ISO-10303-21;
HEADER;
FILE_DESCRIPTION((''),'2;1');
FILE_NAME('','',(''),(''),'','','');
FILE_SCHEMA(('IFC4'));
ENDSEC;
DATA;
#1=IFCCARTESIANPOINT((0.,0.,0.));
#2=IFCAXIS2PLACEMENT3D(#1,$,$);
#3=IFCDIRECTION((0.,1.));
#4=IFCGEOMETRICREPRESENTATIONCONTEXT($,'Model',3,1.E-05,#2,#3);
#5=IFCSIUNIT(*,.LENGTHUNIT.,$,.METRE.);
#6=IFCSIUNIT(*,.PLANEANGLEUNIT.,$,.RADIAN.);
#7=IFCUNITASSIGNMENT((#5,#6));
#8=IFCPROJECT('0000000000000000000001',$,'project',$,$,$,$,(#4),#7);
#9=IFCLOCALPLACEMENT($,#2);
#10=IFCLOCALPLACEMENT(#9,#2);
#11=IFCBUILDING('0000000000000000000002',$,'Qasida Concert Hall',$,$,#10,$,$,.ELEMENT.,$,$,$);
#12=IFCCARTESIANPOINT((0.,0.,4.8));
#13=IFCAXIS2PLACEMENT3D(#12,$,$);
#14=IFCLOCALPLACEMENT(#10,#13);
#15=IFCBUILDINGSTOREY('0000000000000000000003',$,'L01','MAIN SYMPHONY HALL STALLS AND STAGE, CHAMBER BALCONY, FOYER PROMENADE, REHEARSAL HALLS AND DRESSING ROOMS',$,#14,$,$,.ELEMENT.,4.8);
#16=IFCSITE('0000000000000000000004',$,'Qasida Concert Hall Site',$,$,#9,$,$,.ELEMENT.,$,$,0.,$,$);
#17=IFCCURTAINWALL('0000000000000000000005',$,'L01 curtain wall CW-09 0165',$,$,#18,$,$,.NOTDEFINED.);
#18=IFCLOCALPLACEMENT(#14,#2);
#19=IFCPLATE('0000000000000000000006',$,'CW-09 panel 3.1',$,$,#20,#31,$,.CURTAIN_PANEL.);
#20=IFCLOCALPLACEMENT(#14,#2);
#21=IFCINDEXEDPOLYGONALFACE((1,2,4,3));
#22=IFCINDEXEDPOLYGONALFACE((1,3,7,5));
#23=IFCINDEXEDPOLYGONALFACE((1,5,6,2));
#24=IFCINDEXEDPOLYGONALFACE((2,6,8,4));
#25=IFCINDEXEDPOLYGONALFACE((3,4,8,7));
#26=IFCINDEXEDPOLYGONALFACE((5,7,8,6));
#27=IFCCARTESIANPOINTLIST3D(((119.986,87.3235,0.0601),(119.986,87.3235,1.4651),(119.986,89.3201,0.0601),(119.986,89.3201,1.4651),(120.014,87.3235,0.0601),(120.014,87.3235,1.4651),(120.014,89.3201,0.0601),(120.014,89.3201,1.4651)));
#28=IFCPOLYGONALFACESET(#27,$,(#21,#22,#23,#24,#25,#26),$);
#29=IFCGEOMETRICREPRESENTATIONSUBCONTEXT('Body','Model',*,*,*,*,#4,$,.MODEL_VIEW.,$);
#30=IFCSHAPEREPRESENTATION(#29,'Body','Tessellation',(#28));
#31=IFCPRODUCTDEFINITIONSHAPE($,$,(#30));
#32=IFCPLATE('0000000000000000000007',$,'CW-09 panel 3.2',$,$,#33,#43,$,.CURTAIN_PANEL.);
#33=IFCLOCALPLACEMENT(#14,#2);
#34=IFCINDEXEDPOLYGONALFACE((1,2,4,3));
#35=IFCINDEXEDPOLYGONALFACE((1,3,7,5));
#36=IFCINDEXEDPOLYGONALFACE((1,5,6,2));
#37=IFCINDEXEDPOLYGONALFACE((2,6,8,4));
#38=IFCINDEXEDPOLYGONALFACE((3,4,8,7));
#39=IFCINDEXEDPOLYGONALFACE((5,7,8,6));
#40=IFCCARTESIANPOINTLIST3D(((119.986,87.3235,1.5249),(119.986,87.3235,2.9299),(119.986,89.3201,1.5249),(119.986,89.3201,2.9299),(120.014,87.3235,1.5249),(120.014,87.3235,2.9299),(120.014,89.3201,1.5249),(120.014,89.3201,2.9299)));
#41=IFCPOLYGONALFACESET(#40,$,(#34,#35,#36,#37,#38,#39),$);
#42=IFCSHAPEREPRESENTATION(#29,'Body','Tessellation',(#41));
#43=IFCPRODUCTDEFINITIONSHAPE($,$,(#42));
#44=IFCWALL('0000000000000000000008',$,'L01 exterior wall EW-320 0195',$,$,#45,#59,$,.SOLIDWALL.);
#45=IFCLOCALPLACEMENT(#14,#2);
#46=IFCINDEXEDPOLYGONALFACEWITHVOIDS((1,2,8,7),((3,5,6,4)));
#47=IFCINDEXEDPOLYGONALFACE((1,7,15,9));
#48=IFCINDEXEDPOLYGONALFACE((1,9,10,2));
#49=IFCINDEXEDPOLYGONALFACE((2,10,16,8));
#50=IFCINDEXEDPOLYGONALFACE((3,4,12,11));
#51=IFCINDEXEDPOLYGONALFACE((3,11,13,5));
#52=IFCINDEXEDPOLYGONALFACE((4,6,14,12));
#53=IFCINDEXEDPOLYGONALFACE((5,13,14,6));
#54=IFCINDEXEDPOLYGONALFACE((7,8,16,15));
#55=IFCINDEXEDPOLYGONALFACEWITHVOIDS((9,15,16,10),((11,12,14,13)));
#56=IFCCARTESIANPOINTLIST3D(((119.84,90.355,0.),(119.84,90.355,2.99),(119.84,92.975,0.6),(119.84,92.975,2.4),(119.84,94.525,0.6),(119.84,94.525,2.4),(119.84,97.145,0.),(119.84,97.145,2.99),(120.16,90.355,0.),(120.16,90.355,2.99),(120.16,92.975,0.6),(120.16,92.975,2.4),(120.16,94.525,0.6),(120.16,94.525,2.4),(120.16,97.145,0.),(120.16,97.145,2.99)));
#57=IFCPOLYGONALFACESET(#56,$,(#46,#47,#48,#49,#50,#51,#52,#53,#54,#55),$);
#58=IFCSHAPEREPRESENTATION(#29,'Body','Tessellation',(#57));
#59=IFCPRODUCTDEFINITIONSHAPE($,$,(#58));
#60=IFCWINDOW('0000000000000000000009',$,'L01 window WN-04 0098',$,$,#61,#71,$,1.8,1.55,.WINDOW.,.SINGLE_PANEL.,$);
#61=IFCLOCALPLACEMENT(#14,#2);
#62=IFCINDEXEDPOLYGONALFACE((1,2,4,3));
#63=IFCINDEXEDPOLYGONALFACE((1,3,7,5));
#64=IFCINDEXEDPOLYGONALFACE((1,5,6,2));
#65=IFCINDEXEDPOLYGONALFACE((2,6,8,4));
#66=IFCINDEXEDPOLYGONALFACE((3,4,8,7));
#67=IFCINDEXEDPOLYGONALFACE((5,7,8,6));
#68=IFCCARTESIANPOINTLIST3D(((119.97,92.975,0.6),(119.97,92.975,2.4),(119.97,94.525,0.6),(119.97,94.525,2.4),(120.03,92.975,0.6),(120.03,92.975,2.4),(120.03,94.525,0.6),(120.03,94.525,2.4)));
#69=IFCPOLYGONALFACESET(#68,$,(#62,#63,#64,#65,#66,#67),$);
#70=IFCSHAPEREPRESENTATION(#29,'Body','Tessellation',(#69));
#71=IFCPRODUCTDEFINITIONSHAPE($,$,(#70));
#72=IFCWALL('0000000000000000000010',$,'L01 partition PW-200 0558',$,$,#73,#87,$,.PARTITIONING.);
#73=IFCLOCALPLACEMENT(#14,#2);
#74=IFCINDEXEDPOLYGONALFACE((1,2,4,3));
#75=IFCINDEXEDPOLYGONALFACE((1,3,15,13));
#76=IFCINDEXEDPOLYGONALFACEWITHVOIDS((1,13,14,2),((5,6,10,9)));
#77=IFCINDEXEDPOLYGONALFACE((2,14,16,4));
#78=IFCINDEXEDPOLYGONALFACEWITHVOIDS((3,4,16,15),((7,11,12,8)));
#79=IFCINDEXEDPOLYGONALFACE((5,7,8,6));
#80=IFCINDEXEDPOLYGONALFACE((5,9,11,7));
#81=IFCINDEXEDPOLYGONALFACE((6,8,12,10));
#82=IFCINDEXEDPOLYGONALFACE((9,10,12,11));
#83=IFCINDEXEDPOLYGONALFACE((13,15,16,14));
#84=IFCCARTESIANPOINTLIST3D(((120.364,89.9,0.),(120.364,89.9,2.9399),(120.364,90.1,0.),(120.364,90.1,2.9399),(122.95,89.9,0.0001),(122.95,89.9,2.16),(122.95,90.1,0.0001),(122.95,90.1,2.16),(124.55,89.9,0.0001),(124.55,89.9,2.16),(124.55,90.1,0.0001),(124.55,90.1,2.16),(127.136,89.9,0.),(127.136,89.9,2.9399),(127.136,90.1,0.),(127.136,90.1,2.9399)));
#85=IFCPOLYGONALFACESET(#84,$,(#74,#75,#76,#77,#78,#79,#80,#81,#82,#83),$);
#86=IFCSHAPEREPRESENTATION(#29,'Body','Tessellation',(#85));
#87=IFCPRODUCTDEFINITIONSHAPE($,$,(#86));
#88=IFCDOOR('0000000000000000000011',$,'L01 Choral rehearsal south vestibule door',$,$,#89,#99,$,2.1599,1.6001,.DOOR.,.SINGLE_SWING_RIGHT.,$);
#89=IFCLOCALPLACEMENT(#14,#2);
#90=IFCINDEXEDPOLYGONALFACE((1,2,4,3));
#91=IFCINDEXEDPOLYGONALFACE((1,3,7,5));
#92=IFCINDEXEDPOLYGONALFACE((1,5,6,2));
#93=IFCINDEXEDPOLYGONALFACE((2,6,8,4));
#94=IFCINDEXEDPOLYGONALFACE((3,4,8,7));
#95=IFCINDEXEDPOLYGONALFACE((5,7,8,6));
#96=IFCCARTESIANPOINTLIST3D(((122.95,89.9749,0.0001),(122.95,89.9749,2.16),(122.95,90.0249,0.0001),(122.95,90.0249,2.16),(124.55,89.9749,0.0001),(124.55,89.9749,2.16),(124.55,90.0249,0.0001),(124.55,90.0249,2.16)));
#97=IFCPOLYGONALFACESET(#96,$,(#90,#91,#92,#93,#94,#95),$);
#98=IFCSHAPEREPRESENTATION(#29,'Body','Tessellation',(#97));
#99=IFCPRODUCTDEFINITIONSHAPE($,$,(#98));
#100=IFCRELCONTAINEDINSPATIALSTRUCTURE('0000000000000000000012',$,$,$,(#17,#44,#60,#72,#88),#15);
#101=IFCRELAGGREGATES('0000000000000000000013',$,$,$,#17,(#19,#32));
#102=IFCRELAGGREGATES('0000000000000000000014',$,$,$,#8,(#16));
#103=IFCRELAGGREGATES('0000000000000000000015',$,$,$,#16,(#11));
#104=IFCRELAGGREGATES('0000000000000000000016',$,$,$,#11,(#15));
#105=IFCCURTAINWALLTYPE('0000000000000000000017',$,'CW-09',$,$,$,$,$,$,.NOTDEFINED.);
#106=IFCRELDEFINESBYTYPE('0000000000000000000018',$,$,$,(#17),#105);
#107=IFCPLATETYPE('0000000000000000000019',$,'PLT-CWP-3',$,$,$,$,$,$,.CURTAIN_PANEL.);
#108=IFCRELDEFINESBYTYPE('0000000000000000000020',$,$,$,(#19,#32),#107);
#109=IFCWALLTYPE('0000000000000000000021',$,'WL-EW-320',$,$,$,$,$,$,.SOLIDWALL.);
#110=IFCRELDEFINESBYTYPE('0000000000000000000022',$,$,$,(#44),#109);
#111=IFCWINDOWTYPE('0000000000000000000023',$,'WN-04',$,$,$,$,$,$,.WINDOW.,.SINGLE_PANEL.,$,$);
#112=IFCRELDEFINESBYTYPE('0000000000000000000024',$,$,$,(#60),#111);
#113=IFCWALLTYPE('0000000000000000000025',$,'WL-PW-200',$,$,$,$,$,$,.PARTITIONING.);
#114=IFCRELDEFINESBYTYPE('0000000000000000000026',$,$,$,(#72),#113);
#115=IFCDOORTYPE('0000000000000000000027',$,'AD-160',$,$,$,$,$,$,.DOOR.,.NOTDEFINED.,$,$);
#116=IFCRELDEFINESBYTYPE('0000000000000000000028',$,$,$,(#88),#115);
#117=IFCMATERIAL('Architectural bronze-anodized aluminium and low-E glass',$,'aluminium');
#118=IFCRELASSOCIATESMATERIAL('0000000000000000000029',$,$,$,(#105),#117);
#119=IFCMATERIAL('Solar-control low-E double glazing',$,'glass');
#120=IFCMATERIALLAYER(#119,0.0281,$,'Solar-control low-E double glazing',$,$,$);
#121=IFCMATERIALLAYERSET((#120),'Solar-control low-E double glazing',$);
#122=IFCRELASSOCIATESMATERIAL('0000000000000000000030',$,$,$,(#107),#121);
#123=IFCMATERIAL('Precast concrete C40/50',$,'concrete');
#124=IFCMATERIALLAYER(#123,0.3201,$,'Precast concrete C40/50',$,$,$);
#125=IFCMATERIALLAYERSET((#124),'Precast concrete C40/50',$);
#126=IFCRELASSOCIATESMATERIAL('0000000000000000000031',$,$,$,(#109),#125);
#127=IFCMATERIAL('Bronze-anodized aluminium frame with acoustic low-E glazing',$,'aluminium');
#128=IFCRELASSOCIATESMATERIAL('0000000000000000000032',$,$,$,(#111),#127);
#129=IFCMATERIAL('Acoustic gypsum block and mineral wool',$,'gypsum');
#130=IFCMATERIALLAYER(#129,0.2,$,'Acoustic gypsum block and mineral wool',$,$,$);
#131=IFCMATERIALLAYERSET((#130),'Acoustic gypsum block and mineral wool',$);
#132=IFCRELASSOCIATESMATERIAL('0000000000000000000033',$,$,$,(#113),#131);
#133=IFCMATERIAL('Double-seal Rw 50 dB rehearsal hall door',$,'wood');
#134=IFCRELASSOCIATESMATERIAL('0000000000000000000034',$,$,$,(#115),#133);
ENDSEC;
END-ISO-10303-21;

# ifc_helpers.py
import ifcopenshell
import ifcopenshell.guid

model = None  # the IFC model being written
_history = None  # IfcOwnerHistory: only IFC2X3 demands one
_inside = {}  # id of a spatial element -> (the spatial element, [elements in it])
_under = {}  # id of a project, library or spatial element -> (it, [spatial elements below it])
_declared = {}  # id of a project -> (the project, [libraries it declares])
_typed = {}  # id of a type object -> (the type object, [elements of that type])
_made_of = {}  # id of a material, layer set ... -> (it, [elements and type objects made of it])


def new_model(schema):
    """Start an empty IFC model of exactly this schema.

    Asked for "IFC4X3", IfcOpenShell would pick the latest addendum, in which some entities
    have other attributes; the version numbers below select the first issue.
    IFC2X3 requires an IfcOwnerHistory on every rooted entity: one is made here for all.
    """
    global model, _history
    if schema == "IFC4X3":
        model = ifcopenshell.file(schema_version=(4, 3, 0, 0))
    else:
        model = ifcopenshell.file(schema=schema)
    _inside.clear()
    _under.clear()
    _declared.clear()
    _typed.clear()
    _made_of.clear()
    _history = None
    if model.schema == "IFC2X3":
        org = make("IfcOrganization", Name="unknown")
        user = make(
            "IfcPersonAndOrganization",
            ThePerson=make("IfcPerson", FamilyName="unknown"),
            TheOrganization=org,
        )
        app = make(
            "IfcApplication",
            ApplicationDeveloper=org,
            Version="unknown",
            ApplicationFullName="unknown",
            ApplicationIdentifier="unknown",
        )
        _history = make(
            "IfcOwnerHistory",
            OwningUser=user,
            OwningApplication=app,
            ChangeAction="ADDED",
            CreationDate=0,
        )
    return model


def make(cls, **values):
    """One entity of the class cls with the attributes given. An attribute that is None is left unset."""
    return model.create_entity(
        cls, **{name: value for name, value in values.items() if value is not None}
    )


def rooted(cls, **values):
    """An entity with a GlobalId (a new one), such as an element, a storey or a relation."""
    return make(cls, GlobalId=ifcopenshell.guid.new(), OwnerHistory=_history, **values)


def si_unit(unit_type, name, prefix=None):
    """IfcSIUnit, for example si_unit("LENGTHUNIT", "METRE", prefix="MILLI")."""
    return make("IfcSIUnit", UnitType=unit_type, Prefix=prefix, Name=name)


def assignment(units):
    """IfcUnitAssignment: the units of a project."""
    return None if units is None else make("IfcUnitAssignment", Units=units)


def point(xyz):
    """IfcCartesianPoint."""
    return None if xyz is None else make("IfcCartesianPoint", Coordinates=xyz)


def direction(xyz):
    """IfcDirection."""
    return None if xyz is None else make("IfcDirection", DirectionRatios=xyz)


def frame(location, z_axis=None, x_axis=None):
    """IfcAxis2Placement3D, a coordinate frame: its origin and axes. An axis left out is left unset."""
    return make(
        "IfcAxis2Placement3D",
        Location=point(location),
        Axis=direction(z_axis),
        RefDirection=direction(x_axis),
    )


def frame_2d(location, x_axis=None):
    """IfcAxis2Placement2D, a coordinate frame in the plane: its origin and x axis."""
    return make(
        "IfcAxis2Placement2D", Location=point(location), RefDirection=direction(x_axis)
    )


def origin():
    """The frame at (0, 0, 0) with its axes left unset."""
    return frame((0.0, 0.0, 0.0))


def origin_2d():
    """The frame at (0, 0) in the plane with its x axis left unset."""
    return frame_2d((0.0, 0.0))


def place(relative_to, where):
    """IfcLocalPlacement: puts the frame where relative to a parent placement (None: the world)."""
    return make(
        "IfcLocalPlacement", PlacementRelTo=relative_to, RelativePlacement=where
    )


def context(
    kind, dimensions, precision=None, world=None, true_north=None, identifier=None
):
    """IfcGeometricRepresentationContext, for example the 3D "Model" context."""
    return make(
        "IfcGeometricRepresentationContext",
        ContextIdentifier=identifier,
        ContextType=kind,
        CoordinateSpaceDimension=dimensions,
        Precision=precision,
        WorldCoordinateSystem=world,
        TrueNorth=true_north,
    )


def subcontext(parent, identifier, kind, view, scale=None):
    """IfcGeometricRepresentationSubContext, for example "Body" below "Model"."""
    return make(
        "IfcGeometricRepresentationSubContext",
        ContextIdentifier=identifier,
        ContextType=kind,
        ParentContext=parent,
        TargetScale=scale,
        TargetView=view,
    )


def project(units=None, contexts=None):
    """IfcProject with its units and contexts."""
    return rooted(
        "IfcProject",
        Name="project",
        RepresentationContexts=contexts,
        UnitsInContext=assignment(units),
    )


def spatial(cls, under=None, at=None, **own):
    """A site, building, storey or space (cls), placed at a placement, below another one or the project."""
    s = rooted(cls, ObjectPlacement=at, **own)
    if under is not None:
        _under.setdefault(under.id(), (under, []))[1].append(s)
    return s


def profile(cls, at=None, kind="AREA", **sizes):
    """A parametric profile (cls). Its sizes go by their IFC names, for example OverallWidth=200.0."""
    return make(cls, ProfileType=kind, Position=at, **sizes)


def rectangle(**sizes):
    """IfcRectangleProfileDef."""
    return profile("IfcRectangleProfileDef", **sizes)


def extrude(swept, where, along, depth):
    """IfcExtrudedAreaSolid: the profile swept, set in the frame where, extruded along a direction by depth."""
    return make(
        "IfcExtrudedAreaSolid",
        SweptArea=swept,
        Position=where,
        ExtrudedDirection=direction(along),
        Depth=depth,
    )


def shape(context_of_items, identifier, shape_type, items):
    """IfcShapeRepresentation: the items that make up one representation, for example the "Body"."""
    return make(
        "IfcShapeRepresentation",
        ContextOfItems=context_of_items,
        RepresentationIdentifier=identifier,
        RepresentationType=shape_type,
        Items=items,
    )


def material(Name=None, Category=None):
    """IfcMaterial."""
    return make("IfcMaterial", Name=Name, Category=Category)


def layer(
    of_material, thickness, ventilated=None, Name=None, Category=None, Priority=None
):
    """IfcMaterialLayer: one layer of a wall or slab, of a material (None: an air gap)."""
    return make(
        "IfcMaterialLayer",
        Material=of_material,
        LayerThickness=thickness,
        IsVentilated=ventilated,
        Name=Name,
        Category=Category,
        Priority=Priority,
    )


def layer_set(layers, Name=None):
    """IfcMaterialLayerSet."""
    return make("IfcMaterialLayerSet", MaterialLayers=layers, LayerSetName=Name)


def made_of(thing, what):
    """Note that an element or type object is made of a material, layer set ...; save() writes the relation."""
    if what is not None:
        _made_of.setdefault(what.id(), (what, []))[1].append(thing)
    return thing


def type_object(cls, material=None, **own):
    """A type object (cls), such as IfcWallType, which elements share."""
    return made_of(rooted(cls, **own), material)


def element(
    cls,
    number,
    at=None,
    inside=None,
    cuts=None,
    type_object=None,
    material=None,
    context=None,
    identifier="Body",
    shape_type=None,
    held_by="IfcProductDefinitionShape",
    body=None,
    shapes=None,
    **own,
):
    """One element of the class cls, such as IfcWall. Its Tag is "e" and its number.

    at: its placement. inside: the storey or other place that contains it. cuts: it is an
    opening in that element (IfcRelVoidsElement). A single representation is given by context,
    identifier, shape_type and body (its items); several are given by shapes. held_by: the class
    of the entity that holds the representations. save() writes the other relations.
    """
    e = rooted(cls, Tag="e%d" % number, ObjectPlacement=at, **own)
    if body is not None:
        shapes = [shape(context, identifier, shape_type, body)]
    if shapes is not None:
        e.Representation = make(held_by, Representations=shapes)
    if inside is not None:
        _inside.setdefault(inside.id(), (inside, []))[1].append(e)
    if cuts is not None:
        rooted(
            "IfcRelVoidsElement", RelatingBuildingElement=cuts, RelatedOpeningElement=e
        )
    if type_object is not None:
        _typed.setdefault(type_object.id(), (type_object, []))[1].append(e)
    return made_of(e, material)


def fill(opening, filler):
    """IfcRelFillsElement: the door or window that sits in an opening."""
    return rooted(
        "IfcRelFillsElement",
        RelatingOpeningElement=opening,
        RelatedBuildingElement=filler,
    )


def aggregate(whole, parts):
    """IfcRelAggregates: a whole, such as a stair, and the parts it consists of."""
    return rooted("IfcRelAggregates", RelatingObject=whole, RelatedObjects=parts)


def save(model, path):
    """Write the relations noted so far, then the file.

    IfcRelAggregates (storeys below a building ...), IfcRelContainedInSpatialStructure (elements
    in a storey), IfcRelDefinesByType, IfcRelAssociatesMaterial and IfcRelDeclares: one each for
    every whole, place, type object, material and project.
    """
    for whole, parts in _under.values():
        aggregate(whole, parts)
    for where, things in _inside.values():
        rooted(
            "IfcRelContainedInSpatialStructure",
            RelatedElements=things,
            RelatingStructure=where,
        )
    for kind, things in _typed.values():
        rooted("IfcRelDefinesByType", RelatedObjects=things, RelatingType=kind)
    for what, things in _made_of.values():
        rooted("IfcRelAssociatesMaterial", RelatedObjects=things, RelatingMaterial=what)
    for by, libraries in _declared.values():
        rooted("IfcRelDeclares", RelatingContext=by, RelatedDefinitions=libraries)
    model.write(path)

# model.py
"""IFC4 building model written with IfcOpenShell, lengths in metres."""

from ifc_helpers import new_model, si_unit, direction, frame, frame_2d, origin, origin_2d, place, context, subcontext, project, spatial, rectangle, extrude, material, layer, layer_set, type_object, element, fill, aggregate, save


model = new_model("IFC4")

# Units and contexts
model_context = context("Model", 3, precision=1e-05, world=origin(), true_north=direction((0.0, 1.0)))
body_context = subcontext(model_context, "Body", "Model", "MODEL_VIEW")
ifc_project = project(units=[si_unit("LENGTHUNIT", "METRE"), si_unit("PLANEANGLEUNIT", "RADIAN")], contexts=[model_context])

# Site, building, storey
site_placement = place(None, origin())
site = spatial("IfcSite", under=ifc_project, at=site_placement, Name="Qasida Concert Hall Site", CompositionType="ELEMENT", RefElevation=0.0)
building_placement = place(site_placement, origin())
building = spatial("IfcBuilding", under=site, at=building_placement, Name="Qasida Concert Hall", CompositionType="ELEMENT")
storey_placement = place(building_placement, frame((0.0, 0.0, 4.8)))
storey = spatial("IfcBuildingStorey", under=building, at=storey_placement, Name="L01", Description="MAIN SYMPHONY HALL STALLS AND STAGE, CHAMBER BALCONY, FOYER PROMENADE, REHEARSAL HALLS AND DRESSING ROOMS", CompositionType="ELEMENT", Elevation=4.8)

# Curtain wall
ifc_material_1 = material(Name="Architectural bronze-anodized aluminium and low-E glass", Category="aluminium")
curtain_wall_type = type_object("IfcCurtainWallType", Name="CW-09", PredefinedType="NOTDEFINED", material=ifc_material_1)
curtain_wall_1_placement = place(storey_placement, origin())
curtain_wall_1 = element("IfcCurtainWall", 1, at=curtain_wall_1_placement, inside=storey, type_object=curtain_wall_type, Name="L01 curtain wall CW-09 0165", PredefinedType="NOTDEFINED")

# Plates
ifc_material_2 = material(Name="Solar-control low-E double glazing", Category="glass")
ifc_layer_1 = layer(ifc_material_2, 0.0281, Name="Solar-control low-E double glazing")
ifc_layer_set_1 = layer_set([ifc_layer_1], Name="Solar-control low-E double glazing")
plate_type = type_object("IfcPlateType", Name="PLT-CWP-3", PredefinedType="CURTAIN_PANEL", material=ifc_layer_set_1)
plate_1_placement = place(storey_placement, frame((120.0, 88.3218, 0.0601), z_axis=(0.0, 0.0, 1.0), x_axis=(0.0, 1.0, 0.0)))
plate_1 = element("IfcPlate", 2, at=plate_1_placement, type_object=plate_type, Name="CW-09 panel 3.1", PredefinedType="CURTAIN_PANEL", context=body_context, shape_type="SweptSolid", body=[
    extrude(rectangle(XDim=1.9966, YDim=0.0281, at=origin_2d()), origin(), (0.0, 0.0, 1.0), 1.405),
])
plate_2_placement = place(storey_placement, frame((120.0, 88.3218, 1.5249), z_axis=(0.0, 0.0, 1.0), x_axis=(0.0, 1.0, 0.0)))
plate_2 = element("IfcPlate", 3, at=plate_2_placement, type_object=plate_type, Name="CW-09 panel 3.2", PredefinedType="CURTAIN_PANEL", context=body_context, shape_type="SweptSolid", body=[
    extrude(rectangle(XDim=1.9966, YDim=0.0281, at=origin_2d()), origin(), (0.0, 0.0, 1.0), 1.405),
])
aggregate(curtain_wall_1, [plate_1, plate_2])

# Wall, opening, window
ifc_material_3 = material(Name="Precast concrete C40/50", Category="concrete")
ifc_layer_2 = layer(ifc_material_3, 0.3201, Name="Precast concrete C40/50")
ifc_layer_set_2 = layer_set([ifc_layer_2], Name="Precast concrete C40/50")
wall_type_1 = type_object("IfcWallType", Name="WL-EW-320", PredefinedType="SOLIDWALL", material=ifc_layer_set_2)
wall_1_placement = place(storey_placement, frame((120.0, 90.355, 0.0), z_axis=(0.0, 0.0, 1.0), x_axis=(0.0, 1.0, 0.0)))
wall_1 = element("IfcWall", 4, at=wall_1_placement, inside=storey, type_object=wall_type_1, Name="L01 exterior wall EW-320 0195", PredefinedType="SOLIDWALL", context=body_context, shape_type="SweptSolid", body=[
    extrude(rectangle(XDim=6.79, YDim=0.3201, at=frame_2d((3.395, 0.0))), origin(), (0.0, 0.0, 1.0), 2.99),
])
opening_1_placement = place(wall_1_placement, frame((2.6201, 0.0, 0.6001)))
opening_1 = element("IfcOpeningElement", 5, at=opening_1_placement, cuts=wall_1, PredefinedType="OPENING", context=body_context, shape_type="SweptSolid", body=[
    extrude(rectangle(XDim=1.55, YDim=1.8, at=frame_2d((0.7749, 0.8999))), frame((0.0, 0.1699, 0.0), z_axis=(0.0, -1.0, 0.0), x_axis=(1.0, 0.0, 0.0)), (0.0, 0.0, 1.0), 0.3401),
])
ifc_material_4 = material(Name="Bronze-anodized aluminium frame with acoustic low-E glazing", Category="aluminium")
window_type = type_object("IfcWindowType", Name="WN-04", PartitioningType="SINGLE_PANEL", PredefinedType="WINDOW", material=ifc_material_4)
window_placement = place(opening_1_placement, origin())
window = element("IfcWindow", 6, at=window_placement, inside=storey, type_object=window_type, Name="L01 window WN-04 0098", OverallHeight=1.8, OverallWidth=1.55, PartitioningType="SINGLE_PANEL", PredefinedType="WINDOW", context=body_context, shape_type="SweptSolid", body=[
    extrude(rectangle(XDim=1.55, YDim=1.8, at=frame_2d((0.7749, 0.8999))), frame((0.0, 0.03, 0.0), z_axis=(0.0, -1.0, 0.0), x_axis=(1.0, 0.0, 0.0)), (0.0, 0.0, 1.0), 0.0601),
])
fill(opening_1, window)

# Wall, opening, door
ifc_material_5 = material(Name="Acoustic gypsum block and mineral wool", Category="gypsum")
ifc_layer_3 = layer(ifc_material_5, 0.2, Name="Acoustic gypsum block and mineral wool")
ifc_layer_set_3 = layer_set([ifc_layer_3], Name="Acoustic gypsum block and mineral wool")
wall_type_2 = type_object("IfcWallType", Name="WL-PW-200", PredefinedType="PARTITIONING", material=ifc_layer_set_3)
wall_2_placement = place(storey_placement, frame((120.364, 90.0, 0.0), z_axis=(0.0, 0.0, 1.0), x_axis=(1.0, 0.0, 0.0)))
wall_2 = element("IfcWall", 7, at=wall_2_placement, inside=storey, type_object=wall_type_2, Name="L01 partition PW-200 0558", PredefinedType="PARTITIONING", context=body_context, shape_type="SweptSolid", body=[
    extrude(rectangle(XDim=6.772, YDim=0.2, at=frame_2d((3.386, 0.0))), origin(), (0.0, 0.0, 1.0), 2.9399),
])
opening_2_placement = place(wall_2_placement, frame((2.5859, 0.0, 0.0)))
opening_2 = element("IfcOpeningElement", 8, at=opening_2_placement, cuts=wall_2, PredefinedType="OPENING", context=body_context, shape_type="SweptSolid", body=[
    extrude(rectangle(XDim=1.6001, YDim=2.1599, at=frame_2d((0.8, 1.0801))), frame((0.0, 0.1099, 0.0), z_axis=(0.0, -1.0, 0.0), x_axis=(1.0, 0.0, 0.0)), (0.0, 0.0, 1.0), 0.22),
])
ifc_material_6 = material(Name="Double-seal Rw 50 dB rehearsal hall door", Category="wood")
door_type = type_object("IfcDoorType", Name="AD-160", OperationType="NOTDEFINED", PredefinedType="DOOR", material=ifc_material_6)
door_placement = place(opening_2_placement, origin())
door = element("IfcDoor", 9, at=door_placement, inside=storey, type_object=door_type, Name="L01 Choral rehearsal south vestibule door", OperationType="SINGLE_SWING_RIGHT", OverallHeight=2.1599, OverallWidth=1.6001, PredefinedType="DOOR", context=body_context, shape_type="SweptSolid", body=[
    extrude(rectangle(XDim=1.6001, YDim=2.1599, at=frame_2d((0.8, 1.0801))), frame((0.0, 0.0249, 0.0), z_axis=(0.0, -1.0, 0.0), x_axis=(1.0, 0.0, 0.0)), (0.0, 0.0, 1.0), 0.05),
])
fill(opening_2, door)

save(model, "model.ifc")
